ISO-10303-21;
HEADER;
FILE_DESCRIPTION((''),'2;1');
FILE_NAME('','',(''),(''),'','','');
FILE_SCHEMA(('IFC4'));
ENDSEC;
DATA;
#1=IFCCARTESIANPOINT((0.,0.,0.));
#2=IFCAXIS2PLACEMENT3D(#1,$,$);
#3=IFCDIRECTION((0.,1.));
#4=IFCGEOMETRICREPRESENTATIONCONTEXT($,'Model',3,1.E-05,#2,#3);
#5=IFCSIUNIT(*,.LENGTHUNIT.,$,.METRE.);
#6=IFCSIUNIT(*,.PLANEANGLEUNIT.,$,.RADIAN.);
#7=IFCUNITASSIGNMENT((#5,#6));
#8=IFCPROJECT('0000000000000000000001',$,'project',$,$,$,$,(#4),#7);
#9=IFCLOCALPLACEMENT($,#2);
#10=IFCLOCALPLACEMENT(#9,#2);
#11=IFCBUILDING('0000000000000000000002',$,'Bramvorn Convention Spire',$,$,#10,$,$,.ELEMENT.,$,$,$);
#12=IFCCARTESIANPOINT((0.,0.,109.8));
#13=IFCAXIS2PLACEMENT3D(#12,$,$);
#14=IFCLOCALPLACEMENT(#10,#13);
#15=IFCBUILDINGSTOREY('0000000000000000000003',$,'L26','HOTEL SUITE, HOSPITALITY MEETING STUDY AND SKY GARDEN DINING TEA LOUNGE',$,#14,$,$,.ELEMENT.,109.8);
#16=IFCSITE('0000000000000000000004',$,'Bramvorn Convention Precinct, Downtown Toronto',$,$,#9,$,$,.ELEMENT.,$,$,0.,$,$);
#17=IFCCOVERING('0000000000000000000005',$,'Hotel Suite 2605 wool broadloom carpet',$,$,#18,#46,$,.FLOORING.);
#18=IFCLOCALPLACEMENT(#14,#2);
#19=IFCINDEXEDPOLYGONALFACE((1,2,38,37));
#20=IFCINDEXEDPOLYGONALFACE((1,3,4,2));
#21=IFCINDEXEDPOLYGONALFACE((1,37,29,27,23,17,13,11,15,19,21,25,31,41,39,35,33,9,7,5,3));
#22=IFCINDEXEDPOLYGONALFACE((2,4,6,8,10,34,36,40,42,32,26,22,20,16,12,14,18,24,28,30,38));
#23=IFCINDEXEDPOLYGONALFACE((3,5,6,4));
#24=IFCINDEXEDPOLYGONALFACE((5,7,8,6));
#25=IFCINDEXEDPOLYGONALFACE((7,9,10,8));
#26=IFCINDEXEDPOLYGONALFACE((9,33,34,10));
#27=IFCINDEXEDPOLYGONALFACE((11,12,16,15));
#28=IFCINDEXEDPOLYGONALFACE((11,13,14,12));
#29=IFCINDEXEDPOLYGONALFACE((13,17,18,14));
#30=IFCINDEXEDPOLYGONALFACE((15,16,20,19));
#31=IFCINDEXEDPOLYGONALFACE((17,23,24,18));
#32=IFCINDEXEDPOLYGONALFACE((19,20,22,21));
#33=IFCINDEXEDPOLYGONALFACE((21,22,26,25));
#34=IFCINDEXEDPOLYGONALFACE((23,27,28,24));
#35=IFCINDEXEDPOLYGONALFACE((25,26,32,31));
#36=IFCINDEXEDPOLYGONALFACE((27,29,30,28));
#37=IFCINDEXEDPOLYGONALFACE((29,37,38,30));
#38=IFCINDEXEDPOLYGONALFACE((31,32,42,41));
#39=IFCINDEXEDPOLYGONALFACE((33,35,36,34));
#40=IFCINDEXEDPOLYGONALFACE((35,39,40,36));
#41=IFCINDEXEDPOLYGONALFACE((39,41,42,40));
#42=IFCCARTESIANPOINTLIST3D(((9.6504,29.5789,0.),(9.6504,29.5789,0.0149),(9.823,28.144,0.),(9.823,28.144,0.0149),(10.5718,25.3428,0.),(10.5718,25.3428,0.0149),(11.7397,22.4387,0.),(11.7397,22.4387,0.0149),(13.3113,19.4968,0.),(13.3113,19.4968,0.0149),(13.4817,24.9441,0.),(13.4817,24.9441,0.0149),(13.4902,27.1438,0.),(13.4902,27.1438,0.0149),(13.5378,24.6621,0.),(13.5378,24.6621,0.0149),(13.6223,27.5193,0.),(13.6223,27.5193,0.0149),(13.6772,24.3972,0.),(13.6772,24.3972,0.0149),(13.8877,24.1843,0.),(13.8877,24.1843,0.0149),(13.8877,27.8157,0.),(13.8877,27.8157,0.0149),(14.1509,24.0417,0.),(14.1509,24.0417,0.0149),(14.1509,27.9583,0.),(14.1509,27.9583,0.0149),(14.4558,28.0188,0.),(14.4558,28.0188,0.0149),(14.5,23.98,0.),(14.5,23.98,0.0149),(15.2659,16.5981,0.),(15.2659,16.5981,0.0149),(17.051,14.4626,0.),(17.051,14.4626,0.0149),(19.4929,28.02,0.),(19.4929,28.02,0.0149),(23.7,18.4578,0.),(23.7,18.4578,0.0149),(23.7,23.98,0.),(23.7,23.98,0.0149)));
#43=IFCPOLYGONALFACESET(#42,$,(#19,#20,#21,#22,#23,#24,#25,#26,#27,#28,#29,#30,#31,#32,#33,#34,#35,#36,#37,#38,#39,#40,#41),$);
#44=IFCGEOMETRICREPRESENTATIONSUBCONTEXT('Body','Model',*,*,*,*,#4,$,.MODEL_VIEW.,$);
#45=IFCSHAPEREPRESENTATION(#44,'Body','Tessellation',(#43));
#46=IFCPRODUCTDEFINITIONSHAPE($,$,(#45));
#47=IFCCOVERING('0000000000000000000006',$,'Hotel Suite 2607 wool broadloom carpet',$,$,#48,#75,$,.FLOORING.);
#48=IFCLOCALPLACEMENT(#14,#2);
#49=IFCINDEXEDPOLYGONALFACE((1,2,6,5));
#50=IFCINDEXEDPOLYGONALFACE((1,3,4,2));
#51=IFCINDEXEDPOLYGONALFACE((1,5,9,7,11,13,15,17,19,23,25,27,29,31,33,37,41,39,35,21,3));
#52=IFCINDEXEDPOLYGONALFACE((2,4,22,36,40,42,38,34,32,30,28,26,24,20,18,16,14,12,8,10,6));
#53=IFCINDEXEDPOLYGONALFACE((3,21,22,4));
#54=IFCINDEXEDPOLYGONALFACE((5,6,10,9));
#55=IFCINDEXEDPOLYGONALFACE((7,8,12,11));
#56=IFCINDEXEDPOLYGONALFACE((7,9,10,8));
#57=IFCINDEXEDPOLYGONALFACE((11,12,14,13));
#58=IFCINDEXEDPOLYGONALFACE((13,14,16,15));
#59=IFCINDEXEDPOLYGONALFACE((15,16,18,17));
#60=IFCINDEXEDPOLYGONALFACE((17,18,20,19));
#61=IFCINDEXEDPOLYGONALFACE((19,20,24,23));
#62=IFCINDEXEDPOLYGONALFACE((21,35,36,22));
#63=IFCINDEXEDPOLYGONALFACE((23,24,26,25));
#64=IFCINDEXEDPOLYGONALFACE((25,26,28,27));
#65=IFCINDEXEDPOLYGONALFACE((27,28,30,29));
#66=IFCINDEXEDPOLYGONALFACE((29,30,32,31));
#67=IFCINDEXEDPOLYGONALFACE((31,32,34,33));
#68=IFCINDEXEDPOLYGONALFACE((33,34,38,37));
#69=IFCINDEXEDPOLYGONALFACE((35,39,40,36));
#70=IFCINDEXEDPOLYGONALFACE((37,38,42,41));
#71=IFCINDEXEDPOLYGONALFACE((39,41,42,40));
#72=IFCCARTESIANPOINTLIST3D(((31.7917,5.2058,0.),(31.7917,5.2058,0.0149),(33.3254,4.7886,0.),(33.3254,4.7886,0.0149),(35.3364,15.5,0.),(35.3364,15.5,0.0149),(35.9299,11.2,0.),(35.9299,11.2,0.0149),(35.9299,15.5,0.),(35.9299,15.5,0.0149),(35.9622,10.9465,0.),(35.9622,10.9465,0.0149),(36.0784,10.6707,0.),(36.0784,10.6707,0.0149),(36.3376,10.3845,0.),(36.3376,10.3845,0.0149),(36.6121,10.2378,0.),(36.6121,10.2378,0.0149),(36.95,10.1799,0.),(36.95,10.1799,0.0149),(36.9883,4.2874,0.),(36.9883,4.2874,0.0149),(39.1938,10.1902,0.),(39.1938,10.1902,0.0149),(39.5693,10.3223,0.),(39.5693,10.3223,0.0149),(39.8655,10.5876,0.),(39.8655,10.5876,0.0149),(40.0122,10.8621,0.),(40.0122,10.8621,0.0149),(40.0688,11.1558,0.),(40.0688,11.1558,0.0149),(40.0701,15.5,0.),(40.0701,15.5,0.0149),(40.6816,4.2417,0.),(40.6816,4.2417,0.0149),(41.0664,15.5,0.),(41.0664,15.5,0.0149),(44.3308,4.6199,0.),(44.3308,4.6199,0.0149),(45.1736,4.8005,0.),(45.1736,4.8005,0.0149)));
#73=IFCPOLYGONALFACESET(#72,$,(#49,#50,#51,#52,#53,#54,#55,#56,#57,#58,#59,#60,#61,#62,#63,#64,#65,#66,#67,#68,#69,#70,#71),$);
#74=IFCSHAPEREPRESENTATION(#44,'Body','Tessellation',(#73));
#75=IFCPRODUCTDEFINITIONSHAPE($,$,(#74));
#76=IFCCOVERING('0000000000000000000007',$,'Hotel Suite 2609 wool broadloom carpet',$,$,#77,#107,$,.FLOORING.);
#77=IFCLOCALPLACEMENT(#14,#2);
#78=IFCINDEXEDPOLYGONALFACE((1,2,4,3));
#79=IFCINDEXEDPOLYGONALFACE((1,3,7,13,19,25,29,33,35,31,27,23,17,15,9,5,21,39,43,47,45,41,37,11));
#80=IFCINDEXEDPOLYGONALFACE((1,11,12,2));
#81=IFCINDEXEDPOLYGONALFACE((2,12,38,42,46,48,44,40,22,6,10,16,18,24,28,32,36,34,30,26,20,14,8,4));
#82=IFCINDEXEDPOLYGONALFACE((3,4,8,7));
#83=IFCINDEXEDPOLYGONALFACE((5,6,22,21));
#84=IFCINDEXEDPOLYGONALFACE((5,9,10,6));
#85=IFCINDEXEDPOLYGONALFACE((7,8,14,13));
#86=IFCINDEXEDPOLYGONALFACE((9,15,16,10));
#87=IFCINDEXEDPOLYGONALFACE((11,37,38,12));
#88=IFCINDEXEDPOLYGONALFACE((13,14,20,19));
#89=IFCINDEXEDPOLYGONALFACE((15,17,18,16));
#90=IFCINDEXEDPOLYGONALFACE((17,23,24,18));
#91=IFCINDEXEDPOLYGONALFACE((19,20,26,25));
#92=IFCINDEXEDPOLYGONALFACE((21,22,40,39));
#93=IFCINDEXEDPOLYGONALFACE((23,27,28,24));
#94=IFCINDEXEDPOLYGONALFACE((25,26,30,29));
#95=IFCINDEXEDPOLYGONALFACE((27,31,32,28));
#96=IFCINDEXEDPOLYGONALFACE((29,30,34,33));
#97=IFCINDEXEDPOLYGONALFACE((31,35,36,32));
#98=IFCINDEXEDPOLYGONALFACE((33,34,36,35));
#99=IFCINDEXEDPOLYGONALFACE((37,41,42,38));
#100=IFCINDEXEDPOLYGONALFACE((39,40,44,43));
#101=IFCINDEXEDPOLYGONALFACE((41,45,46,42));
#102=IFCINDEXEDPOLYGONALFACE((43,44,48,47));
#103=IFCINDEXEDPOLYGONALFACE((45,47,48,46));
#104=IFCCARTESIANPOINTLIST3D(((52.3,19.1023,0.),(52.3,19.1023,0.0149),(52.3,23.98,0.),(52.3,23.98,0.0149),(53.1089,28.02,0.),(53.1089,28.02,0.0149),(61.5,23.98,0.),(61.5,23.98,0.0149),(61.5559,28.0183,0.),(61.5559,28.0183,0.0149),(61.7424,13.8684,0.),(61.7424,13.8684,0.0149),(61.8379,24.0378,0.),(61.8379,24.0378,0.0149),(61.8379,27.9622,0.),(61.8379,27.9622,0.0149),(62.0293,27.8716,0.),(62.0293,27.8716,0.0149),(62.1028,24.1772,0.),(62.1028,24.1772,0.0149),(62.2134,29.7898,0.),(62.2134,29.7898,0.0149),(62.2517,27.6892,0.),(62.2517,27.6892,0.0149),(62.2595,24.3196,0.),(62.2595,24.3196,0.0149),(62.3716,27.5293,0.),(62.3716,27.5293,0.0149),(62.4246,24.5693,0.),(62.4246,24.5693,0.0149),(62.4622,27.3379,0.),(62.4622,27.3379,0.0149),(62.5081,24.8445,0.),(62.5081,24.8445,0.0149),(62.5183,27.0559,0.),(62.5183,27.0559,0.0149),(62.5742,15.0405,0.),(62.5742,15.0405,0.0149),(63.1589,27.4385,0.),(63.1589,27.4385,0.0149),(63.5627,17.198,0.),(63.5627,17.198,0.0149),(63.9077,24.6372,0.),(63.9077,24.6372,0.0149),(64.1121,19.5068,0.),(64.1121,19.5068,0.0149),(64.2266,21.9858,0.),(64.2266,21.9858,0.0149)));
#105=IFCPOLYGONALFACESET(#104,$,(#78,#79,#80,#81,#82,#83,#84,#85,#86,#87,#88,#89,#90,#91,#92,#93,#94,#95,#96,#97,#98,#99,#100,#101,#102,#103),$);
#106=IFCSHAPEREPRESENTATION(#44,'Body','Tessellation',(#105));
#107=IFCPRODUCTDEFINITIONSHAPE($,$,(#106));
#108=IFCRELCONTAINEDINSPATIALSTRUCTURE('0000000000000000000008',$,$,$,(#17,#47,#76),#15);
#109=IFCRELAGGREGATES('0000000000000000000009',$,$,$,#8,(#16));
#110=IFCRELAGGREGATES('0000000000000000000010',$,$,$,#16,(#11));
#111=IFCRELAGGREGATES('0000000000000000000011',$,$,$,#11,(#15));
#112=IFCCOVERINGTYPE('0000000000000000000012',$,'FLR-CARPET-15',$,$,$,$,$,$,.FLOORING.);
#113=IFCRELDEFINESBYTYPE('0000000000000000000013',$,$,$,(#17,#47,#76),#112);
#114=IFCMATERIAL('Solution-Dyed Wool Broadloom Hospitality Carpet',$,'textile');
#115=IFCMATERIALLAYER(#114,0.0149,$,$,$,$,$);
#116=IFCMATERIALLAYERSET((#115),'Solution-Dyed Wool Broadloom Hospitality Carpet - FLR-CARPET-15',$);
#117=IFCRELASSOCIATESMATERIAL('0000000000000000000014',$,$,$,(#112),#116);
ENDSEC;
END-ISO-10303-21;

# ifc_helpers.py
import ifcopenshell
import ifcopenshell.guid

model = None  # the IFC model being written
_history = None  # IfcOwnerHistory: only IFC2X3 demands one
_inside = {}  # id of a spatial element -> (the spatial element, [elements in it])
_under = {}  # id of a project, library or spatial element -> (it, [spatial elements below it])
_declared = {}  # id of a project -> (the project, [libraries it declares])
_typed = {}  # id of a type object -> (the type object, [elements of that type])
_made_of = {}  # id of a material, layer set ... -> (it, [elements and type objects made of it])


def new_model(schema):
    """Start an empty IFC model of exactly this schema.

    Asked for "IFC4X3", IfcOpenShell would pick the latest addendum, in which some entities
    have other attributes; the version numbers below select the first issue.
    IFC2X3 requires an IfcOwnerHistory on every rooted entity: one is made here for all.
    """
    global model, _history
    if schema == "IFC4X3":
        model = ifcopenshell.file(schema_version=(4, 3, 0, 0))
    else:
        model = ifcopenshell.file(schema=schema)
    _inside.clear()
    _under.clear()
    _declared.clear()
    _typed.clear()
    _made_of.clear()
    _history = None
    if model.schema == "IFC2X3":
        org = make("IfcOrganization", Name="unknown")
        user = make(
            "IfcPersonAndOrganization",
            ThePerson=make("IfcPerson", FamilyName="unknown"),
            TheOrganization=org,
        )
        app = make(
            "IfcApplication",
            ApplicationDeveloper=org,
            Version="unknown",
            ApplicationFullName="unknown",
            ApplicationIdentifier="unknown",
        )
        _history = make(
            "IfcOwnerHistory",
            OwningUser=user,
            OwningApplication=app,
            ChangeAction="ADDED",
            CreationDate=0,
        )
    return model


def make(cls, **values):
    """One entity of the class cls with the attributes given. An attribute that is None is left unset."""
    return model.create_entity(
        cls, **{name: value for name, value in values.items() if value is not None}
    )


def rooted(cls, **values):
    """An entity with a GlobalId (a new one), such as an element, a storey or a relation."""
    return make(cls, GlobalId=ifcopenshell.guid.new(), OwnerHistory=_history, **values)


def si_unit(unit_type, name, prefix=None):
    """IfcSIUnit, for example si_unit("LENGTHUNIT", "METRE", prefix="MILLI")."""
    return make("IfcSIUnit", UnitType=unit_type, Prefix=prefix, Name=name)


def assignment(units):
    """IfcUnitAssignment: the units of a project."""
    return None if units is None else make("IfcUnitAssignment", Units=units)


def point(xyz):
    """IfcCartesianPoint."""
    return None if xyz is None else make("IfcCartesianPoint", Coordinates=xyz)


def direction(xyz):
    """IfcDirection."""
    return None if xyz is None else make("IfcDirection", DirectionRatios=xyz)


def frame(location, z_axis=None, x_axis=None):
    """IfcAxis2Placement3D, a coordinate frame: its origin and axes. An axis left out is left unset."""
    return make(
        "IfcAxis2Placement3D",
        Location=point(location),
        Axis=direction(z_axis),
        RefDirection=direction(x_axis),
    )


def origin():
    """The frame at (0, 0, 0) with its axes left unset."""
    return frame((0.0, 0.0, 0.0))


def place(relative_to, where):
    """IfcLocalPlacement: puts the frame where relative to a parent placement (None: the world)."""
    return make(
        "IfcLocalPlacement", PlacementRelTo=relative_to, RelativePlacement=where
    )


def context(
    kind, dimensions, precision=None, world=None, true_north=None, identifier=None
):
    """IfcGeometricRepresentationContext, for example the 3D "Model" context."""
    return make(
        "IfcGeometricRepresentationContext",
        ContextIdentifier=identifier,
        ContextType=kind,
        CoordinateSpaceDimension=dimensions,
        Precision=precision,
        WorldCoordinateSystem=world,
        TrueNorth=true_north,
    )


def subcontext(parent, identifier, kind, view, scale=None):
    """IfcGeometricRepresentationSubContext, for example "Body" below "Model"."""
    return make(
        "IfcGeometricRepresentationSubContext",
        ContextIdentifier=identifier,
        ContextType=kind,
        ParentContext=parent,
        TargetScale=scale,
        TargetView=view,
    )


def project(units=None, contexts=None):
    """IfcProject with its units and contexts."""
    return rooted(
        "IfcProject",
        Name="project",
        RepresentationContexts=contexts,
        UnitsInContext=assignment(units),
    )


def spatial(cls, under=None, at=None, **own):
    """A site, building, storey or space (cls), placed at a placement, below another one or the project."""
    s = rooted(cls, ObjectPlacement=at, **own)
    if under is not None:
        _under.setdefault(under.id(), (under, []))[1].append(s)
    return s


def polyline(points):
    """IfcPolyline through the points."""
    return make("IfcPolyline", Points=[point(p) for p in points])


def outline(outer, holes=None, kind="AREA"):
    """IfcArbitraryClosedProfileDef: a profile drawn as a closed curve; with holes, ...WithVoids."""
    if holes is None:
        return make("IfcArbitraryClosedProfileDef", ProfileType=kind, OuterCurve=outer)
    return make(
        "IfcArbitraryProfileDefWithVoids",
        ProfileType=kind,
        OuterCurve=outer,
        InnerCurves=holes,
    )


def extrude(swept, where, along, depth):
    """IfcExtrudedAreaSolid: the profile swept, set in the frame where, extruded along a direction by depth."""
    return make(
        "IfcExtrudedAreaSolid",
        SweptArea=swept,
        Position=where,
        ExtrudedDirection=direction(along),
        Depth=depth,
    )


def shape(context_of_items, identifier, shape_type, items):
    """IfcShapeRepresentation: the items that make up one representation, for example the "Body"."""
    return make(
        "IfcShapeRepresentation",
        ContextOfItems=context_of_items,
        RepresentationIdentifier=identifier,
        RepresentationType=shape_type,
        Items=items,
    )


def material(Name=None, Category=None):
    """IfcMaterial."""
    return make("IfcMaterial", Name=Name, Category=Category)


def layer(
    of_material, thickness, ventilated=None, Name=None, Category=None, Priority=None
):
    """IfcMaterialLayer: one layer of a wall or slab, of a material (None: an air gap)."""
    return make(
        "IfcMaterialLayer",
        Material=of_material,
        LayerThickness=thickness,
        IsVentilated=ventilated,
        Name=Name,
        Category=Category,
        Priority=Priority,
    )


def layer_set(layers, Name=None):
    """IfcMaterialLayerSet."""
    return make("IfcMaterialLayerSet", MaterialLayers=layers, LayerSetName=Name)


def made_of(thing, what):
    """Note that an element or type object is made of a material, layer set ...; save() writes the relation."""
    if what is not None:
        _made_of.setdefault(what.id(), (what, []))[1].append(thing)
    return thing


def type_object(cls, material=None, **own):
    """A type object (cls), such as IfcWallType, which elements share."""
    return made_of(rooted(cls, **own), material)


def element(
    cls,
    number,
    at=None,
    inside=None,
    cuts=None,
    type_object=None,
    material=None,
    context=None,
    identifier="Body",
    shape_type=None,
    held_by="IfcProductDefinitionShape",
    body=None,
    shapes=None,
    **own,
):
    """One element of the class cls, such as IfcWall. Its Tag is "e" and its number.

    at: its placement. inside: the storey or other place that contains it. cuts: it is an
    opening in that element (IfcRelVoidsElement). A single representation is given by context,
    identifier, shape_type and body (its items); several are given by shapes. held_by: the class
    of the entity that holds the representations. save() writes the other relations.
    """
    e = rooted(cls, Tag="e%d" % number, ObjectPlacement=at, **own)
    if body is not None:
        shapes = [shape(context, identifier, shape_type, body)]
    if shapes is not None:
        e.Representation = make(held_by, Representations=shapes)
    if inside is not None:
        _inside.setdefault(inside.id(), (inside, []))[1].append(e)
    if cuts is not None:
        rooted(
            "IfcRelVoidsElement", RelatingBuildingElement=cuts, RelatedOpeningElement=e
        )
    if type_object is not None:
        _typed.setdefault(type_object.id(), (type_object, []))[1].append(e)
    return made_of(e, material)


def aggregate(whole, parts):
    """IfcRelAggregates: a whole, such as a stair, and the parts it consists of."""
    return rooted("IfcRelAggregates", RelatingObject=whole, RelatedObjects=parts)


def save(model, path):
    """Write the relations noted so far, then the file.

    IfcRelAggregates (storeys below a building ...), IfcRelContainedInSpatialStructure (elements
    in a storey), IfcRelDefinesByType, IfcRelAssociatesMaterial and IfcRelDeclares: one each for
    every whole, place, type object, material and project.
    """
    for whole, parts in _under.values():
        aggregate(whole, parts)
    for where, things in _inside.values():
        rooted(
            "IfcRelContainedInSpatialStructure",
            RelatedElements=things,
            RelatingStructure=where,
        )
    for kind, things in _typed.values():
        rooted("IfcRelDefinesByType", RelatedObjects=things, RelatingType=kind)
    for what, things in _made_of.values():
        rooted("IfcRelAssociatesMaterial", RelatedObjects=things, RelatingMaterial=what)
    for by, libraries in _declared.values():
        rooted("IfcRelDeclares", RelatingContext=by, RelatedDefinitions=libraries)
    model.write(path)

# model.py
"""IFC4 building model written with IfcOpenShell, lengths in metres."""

from ifc_helpers import new_model, si_unit, direction, frame, origin, place, context, subcontext, project, spatial, polyline, outline, extrude, material, layer, layer_set, type_object, element, save


model = new_model("IFC4")

# Units and contexts
model_context = context("Model", 3, precision=1e-05, world=origin(), true_north=direction((0.0, 1.0)))
body_context = subcontext(model_context, "Body", "Model", "MODEL_VIEW")
ifc_project = project(units=[si_unit("LENGTHUNIT", "METRE"), si_unit("PLANEANGLEUNIT", "RADIAN")], contexts=[model_context])

# Site, building, storey
site_placement = place(None, origin())
site = spatial("IfcSite", under=ifc_project, at=site_placement, Name="Bramvorn Convention Precinct, Downtown Toronto", CompositionType="ELEMENT", RefElevation=0.0)
building_placement = place(site_placement, origin())
building = spatial("IfcBuilding", under=site, at=building_placement, Name="Bramvorn Convention Spire", CompositionType="ELEMENT")
storey_placement = place(building_placement, frame((0.0, 0.0, 109.8)))
storey = spatial("IfcBuildingStorey", under=building, at=storey_placement, Name="L26", Description="HOTEL SUITE, HOSPITALITY MEETING STUDY AND SKY GARDEN DINING TEA LOUNGE", CompositionType="ELEMENT", Elevation=109.8)

# Coverings
ifc_material_1 = material(Name="Solution-Dyed Wool Broadloom Hospitality Carpet", Category="textile")
ifc_layer_1 = layer(ifc_material_1, 0.0149)
ifc_layer_set_1 = layer_set([ifc_layer_1], Name="Solution-Dyed Wool Broadloom Hospitality Carpet - FLR-CARPET-15")
covering_type = type_object("IfcCoveringType", Name="FLR-CARPET-15", PredefinedType="FLOORING", material=ifc_layer_set_1)
covering_1_placement = place(storey_placement, origin())
element("IfcCovering", 1, at=covering_1_placement, inside=storey, type_object=covering_type, Name="Hotel Suite 2605 wool broadloom carpet", PredefinedType="FLOORING", context=body_context, shape_type="SweptSolid", body=[
    extrude(outline(polyline([(15.2659, 16.5981), (17.051, 14.4626), (23.7, 18.4578), (23.7, 23.98), (14.5, 23.98), (14.1509, 24.0417), (13.8877, 24.1843), (13.6772, 24.3972), (13.5378, 24.6621), (13.4817, 24.9441), (13.4902, 27.1438), (13.6223, 27.5193), (13.8877, 27.8157), (14.1509, 27.9583), (14.4558, 28.0188), (19.4929, 28.02), (9.6504, 29.5789), (9.823, 28.144), (10.5718, 25.3428), (11.7397, 22.4387), (13.3113, 19.4968), (15.2659, 16.5981)])), origin(), (0.0, 0.0, 1.0), 0.0149),
])
covering_2_placement = place(storey_placement, origin())
element("IfcCovering", 2, at=covering_2_placement, inside=storey, type_object=covering_type, Name="Hotel Suite 2607 wool broadloom carpet", PredefinedType="FLOORING", context=body_context, shape_type="SweptSolid", body=[
    extrude(outline(polyline([(44.3308, 4.6199), (45.1736, 4.8005), (41.0664, 15.5), (40.0701, 15.5), (40.0688, 11.1558), (40.0122, 10.8621), (39.8655, 10.5876), (39.5693, 10.3223), (39.1938, 10.1902), (36.95, 10.1799), (36.6121, 10.2378), (36.3376, 10.3845), (36.0784, 10.6707), (35.9622, 10.9465), (35.9299, 11.2), (35.9299, 15.5), (35.3364, 15.5), (31.7917, 5.2058), (33.3254, 4.7886), (36.9883, 4.2874), (40.6816, 4.2417), (44.3308, 4.6199)])), origin(), (0.0, 0.0, 1.0), 0.0149),
])
covering_3_placement = place(storey_placement, origin())
element("IfcCovering", 3, at=covering_3_placement, inside=storey, type_object=covering_type, Name="Hotel Suite 2609 wool broadloom carpet", PredefinedType="FLOORING", context=body_context, shape_type="SweptSolid", body=[
    extrude(outline(polyline([(61.5559, 28.0183), (61.8379, 27.9622), (62.0293, 27.8716), (62.2517, 27.6892), (62.3716, 27.5293), (62.4622, 27.3379), (62.5183, 27.0559), (62.5081, 24.8445), (62.4246, 24.5693), (62.2595, 24.3196), (62.1028, 24.1772), (61.8379, 24.0378), (61.5, 23.98), (52.3, 23.98), (52.3, 19.1023), (61.7424, 13.8684), (62.5742, 15.0405), (63.5627, 17.198), (64.1121, 19.5068), (64.2266, 21.9858), (63.9077, 24.6372), (63.1589, 27.4385), (62.2134, 29.7898), (53.1089, 28.02), (61.5559, 28.0183)])), origin(), (0.0, 0.0, 1.0), 0.0149),
])

save(model, "model.ifc")
